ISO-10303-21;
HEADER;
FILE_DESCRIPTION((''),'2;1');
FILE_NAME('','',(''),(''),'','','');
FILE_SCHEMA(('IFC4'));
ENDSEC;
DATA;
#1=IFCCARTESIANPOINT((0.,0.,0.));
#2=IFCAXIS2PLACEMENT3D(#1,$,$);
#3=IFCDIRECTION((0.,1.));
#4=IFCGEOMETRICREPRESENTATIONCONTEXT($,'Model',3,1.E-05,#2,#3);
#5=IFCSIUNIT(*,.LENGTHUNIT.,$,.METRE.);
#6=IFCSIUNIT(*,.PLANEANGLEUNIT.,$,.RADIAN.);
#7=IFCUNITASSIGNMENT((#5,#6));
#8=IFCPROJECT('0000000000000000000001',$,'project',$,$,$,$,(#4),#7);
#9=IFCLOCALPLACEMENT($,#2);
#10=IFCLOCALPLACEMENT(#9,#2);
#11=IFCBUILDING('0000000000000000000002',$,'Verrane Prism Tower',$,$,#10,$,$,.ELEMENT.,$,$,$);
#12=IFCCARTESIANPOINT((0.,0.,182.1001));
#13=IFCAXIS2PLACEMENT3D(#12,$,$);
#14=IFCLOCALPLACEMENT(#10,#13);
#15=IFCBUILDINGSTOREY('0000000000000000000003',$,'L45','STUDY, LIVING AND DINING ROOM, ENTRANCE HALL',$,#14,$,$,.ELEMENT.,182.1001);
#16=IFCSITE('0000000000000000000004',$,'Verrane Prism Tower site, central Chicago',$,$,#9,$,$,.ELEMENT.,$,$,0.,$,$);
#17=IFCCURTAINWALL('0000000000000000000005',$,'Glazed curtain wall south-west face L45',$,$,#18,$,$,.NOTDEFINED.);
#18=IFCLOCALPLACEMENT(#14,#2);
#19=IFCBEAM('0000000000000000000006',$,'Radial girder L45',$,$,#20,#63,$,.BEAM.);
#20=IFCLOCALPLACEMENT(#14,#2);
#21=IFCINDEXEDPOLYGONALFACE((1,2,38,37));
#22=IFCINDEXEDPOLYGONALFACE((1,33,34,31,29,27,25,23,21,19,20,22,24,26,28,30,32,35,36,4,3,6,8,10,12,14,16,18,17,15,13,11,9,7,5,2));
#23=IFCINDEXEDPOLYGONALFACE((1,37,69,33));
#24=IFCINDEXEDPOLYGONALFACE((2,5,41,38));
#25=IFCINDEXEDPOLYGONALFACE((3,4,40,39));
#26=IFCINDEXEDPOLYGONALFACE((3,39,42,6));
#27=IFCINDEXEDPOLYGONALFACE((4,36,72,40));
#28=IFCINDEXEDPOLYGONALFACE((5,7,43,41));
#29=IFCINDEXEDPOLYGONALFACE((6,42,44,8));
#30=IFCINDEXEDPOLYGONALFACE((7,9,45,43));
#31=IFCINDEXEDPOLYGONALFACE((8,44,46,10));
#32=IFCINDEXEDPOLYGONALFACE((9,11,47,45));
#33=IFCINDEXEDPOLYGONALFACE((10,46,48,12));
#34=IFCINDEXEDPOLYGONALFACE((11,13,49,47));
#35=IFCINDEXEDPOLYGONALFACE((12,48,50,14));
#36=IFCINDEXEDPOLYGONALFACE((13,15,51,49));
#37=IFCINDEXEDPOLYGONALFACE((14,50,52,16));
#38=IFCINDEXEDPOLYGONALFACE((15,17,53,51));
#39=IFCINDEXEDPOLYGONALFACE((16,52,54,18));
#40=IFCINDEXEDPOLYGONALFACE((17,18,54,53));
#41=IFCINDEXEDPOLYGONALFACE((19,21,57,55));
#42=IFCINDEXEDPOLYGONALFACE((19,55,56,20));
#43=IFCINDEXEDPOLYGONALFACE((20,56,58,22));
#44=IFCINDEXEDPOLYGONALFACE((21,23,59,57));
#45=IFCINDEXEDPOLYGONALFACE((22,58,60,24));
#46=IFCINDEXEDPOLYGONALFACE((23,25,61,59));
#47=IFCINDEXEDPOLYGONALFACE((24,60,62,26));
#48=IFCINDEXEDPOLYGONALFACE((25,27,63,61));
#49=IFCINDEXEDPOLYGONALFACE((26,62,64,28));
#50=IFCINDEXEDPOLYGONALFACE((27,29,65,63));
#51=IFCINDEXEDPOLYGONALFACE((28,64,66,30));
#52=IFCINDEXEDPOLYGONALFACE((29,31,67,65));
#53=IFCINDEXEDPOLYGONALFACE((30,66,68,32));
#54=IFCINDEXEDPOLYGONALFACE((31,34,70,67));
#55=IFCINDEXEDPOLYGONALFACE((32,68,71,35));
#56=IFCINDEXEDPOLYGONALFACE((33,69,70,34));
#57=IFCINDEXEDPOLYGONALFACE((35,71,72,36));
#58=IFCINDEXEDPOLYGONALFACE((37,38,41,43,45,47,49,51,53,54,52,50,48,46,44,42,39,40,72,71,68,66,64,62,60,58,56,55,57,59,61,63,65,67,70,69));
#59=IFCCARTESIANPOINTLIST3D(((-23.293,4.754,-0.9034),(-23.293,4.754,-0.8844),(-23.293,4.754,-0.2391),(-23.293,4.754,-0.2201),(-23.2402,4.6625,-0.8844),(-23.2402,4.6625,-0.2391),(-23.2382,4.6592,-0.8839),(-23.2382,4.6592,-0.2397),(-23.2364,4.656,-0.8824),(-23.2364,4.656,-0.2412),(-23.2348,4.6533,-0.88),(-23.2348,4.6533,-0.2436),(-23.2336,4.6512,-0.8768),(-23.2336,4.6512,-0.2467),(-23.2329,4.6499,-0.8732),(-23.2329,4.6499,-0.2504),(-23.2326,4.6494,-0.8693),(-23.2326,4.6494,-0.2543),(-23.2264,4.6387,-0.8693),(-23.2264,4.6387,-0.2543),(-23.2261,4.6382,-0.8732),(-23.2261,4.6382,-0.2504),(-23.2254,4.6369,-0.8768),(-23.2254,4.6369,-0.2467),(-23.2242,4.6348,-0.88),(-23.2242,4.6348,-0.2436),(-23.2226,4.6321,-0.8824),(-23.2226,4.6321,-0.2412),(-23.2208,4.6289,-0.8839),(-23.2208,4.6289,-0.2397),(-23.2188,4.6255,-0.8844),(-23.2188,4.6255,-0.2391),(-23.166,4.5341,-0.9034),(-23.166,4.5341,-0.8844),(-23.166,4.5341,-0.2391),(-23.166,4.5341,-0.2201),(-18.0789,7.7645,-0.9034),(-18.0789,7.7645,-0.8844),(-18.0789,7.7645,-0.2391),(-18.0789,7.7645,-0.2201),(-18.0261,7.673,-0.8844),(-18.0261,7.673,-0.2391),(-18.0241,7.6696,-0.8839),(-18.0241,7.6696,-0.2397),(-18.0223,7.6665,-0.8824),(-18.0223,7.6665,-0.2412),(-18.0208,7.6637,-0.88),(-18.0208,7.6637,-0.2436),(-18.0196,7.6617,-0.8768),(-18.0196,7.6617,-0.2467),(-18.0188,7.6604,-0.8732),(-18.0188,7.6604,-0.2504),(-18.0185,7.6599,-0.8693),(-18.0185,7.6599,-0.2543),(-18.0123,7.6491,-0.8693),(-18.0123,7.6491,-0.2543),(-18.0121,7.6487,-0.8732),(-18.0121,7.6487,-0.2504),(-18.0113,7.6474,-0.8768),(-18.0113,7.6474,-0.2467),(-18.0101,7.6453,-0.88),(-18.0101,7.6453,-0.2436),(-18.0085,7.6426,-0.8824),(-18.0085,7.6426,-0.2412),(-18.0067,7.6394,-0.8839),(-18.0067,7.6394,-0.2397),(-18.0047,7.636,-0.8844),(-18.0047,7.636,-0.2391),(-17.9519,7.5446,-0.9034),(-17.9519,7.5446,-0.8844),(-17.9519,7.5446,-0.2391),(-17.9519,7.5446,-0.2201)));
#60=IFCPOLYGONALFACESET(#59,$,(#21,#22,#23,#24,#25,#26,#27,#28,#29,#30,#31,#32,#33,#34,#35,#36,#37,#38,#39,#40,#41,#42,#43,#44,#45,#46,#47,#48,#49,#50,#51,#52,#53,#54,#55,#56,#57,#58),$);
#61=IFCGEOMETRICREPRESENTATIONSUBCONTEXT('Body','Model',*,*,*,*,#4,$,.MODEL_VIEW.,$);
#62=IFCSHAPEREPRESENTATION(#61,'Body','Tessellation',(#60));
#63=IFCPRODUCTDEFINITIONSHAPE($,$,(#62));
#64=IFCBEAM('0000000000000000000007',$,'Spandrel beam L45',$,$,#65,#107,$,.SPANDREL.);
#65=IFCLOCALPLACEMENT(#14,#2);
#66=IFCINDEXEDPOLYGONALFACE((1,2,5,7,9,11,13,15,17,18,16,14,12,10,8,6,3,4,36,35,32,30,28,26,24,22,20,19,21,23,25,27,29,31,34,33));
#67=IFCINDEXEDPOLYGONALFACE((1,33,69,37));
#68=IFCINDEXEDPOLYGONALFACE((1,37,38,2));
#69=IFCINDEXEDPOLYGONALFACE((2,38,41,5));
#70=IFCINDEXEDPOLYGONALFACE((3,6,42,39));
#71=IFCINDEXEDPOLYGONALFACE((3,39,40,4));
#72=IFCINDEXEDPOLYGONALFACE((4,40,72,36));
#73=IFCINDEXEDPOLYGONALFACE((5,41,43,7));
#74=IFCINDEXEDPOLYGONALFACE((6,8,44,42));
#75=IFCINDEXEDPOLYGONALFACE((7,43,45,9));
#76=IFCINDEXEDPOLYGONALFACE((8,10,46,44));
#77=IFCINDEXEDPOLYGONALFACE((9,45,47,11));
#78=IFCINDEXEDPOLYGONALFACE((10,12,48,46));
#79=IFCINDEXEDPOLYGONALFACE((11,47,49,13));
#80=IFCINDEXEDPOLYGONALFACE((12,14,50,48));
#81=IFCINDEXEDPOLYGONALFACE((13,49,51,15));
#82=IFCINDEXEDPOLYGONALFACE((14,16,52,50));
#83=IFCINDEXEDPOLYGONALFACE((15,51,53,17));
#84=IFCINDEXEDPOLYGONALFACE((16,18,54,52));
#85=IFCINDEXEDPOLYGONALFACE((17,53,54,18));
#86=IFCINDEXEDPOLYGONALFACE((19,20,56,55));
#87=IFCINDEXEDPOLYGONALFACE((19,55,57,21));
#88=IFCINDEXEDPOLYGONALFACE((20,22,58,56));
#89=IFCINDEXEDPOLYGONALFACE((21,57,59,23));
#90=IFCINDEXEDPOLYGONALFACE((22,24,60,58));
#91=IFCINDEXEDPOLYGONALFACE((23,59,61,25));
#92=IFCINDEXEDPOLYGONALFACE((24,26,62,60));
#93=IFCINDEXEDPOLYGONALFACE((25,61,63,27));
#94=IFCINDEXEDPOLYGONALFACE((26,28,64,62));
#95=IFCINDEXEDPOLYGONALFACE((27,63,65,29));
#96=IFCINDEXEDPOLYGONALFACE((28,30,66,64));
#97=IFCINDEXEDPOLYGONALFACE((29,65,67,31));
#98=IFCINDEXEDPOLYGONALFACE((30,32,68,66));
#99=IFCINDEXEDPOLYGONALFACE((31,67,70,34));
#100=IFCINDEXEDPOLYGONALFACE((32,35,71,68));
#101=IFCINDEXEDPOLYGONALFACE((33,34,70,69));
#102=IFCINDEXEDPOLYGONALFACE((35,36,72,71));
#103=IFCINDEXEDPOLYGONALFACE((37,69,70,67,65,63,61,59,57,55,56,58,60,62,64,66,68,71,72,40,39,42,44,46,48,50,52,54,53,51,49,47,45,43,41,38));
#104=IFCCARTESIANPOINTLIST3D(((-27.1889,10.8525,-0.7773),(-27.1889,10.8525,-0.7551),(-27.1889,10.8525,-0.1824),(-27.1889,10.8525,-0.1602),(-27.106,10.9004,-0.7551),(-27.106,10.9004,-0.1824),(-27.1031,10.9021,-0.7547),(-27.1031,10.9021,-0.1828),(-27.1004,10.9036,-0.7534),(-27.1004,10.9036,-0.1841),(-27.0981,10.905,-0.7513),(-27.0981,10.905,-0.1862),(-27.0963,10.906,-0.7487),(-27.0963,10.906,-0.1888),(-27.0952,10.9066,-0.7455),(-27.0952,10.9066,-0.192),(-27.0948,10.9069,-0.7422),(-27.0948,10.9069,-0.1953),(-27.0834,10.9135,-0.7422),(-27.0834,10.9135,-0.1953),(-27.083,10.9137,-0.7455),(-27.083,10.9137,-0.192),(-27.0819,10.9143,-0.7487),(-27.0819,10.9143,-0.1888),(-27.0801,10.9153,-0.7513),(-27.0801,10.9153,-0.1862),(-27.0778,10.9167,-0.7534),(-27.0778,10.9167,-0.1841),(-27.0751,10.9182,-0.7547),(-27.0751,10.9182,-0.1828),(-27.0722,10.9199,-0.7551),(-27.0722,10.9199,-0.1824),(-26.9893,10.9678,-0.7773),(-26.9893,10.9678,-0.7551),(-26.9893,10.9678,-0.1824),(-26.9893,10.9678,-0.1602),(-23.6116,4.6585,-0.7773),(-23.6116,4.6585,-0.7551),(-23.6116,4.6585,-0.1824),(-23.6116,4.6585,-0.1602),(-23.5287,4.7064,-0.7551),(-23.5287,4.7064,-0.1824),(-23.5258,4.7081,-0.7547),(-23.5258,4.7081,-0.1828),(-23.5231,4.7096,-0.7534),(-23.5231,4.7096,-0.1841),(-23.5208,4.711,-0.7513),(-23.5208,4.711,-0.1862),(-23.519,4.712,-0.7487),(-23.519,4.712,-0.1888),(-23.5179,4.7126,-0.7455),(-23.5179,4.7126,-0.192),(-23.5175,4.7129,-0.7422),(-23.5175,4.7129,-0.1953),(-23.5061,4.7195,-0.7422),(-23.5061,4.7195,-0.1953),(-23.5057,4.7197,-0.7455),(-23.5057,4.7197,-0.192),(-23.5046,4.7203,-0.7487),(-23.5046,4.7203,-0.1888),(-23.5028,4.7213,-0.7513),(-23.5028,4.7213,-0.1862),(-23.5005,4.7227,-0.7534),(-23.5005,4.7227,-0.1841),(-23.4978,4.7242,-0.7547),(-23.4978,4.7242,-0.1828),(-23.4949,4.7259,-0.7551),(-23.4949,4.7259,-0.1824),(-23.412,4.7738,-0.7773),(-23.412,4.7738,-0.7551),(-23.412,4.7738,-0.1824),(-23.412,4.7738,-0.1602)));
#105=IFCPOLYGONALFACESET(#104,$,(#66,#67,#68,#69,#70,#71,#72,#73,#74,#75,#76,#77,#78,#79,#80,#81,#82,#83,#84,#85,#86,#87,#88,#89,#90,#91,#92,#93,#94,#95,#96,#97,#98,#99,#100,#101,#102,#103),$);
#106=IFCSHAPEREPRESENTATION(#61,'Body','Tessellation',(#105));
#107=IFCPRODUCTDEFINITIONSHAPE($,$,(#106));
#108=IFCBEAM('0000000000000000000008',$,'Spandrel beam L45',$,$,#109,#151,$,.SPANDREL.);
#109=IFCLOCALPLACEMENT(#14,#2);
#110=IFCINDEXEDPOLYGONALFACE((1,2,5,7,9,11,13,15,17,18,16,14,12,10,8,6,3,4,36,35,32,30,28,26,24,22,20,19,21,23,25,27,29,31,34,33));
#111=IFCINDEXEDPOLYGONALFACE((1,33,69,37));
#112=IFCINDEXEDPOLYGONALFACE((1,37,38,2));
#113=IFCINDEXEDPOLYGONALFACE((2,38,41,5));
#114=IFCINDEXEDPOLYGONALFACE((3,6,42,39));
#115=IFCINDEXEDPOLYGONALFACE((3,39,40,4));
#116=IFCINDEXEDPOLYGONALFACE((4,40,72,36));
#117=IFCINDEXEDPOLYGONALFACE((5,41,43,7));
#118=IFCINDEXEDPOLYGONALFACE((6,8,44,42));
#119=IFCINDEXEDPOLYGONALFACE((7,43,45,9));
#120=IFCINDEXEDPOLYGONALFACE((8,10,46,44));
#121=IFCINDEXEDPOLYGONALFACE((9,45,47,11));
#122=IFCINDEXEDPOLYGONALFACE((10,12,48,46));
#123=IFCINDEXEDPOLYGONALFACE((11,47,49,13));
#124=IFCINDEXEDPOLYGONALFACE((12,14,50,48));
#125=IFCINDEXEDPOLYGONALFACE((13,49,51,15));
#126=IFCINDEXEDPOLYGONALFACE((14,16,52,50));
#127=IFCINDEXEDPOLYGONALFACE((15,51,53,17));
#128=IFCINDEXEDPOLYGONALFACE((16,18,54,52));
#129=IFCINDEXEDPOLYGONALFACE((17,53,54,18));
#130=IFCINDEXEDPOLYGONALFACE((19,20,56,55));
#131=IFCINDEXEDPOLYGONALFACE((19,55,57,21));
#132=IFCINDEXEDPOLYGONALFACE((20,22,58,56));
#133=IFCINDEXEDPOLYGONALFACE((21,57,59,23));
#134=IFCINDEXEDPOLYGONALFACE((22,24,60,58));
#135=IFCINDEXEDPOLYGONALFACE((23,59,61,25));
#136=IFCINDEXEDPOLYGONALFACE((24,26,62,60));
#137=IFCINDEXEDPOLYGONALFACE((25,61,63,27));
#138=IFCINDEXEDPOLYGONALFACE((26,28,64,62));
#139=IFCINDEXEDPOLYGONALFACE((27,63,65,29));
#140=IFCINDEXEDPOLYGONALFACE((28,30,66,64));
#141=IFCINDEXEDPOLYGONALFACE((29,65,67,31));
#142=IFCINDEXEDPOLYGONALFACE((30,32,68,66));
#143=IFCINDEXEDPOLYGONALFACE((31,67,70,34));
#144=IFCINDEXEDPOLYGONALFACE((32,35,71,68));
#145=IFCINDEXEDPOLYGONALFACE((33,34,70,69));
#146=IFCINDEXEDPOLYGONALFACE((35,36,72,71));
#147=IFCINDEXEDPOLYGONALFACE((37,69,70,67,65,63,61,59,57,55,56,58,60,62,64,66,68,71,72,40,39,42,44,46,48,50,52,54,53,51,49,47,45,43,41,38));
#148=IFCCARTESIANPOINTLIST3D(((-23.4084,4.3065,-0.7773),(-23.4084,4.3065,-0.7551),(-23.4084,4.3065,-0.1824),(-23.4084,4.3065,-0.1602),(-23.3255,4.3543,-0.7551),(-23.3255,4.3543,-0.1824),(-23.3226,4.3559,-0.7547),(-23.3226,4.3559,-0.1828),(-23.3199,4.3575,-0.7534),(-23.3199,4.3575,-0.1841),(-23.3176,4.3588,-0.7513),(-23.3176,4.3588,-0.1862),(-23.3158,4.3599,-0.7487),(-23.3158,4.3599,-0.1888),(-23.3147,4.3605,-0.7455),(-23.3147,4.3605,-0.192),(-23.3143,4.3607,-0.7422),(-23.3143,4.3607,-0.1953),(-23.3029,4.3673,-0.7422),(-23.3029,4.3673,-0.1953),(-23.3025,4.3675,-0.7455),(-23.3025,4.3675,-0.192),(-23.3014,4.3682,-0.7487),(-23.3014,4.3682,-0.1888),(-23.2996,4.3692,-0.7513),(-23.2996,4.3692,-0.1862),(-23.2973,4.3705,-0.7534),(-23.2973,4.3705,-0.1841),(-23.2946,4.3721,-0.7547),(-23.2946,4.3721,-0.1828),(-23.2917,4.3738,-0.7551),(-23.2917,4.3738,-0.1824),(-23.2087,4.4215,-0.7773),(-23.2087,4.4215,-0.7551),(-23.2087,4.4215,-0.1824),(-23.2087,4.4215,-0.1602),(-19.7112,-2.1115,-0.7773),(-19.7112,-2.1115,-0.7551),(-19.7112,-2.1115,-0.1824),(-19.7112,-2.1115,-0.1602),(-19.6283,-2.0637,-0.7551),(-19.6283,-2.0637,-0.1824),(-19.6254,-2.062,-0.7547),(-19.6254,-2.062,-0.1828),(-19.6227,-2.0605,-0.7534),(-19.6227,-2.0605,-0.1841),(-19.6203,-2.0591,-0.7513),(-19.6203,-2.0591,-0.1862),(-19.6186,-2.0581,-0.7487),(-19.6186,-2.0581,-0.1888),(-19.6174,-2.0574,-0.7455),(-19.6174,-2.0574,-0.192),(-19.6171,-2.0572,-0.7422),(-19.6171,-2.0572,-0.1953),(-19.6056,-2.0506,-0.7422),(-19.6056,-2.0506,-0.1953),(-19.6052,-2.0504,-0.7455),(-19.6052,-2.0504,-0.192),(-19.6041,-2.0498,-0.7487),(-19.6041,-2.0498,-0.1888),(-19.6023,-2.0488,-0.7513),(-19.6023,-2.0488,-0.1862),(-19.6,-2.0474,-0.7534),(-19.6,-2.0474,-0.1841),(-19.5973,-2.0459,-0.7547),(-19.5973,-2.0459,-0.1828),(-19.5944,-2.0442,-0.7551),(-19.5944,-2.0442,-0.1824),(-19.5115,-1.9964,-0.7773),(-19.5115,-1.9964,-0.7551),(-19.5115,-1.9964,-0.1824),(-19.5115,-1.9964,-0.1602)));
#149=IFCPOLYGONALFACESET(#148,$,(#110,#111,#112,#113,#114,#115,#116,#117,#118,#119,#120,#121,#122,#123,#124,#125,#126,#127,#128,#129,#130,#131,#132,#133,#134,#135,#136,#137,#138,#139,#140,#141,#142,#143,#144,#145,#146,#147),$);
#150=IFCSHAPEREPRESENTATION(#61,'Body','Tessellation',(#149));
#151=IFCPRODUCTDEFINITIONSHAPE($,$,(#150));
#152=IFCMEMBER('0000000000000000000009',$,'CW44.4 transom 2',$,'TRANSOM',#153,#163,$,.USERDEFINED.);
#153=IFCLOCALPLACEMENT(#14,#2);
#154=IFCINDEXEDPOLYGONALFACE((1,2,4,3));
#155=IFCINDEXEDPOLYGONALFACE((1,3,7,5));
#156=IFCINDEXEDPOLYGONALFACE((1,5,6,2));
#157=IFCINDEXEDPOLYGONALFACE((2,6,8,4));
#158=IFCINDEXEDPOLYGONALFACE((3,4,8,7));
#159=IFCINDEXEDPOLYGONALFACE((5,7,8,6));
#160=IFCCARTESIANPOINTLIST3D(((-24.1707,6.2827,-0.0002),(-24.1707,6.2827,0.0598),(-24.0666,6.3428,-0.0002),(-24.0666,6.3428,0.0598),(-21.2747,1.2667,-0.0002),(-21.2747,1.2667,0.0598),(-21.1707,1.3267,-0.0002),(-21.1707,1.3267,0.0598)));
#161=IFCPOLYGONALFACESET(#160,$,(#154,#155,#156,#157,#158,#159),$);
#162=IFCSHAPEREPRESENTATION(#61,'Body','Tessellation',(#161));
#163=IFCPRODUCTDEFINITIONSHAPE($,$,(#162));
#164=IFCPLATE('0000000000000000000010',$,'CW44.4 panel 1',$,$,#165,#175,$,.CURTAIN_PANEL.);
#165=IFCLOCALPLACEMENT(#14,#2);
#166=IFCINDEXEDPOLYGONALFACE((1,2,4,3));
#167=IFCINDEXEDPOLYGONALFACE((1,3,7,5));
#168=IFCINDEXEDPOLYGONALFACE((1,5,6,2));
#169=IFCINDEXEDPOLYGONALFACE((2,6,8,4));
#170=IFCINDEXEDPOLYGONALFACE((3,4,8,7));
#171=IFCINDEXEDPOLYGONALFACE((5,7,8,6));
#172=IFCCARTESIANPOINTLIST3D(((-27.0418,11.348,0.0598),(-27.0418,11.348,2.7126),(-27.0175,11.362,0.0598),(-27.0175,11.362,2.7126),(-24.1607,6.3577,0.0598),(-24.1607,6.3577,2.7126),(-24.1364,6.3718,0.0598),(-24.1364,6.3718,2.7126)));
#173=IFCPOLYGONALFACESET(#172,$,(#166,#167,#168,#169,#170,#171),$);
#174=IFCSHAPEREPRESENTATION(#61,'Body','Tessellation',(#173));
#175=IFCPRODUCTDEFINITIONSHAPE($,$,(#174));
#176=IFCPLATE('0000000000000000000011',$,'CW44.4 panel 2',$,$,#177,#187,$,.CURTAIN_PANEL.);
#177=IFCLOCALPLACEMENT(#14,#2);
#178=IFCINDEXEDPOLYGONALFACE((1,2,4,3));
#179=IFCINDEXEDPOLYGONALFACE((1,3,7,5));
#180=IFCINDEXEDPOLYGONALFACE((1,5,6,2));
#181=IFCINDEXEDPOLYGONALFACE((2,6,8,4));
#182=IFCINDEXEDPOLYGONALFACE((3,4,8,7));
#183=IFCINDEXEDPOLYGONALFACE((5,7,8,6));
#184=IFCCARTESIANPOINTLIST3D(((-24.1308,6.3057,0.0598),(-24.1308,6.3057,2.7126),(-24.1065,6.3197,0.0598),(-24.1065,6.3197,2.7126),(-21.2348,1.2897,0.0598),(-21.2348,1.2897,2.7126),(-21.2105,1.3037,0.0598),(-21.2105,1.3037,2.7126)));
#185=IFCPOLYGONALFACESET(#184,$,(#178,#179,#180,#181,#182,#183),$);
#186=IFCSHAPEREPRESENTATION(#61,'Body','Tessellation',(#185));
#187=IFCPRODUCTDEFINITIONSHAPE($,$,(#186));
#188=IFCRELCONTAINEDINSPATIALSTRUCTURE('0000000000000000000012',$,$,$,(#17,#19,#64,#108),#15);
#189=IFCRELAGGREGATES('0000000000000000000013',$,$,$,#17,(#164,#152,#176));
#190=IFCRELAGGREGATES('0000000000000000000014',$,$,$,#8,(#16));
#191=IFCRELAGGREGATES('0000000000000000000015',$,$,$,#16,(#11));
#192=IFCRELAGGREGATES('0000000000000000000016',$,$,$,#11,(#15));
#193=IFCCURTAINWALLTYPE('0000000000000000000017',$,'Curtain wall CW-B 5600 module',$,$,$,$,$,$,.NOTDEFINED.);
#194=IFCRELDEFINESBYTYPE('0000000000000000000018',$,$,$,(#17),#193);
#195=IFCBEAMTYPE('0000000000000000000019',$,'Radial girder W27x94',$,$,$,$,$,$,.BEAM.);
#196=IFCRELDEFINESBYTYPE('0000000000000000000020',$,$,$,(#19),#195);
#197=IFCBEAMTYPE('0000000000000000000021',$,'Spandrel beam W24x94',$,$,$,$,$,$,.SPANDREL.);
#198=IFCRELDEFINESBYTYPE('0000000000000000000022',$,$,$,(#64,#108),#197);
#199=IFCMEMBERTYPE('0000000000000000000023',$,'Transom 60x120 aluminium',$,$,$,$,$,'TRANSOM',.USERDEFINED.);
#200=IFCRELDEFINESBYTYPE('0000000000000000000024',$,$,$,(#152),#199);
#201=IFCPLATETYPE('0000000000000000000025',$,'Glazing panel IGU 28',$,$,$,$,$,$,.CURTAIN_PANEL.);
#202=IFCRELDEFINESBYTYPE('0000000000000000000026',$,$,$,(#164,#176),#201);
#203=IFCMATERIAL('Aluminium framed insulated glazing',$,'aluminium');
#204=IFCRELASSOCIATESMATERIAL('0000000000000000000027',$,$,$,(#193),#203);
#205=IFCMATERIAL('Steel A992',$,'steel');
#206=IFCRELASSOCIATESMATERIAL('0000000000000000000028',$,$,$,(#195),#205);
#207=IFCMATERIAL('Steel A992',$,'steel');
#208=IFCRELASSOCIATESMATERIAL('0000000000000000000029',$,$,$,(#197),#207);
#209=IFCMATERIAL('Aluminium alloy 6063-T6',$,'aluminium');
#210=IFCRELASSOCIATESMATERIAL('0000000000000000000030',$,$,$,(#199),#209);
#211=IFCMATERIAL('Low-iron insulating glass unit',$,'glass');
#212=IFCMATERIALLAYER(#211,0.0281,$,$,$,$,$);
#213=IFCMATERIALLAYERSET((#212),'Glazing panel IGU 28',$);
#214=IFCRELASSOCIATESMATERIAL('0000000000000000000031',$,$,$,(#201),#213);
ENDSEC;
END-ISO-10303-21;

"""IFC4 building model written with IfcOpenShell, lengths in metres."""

from ifc_helpers import new_model, si_unit, direction, frame, origin, origin_2d, place, context, subcontext, project, spatial, rectangle, i_section, extrude, material, layer, layer_set, material_profile, profile_set, type_object, element, aggregate, save


model = new_model("IFC4")

# Units and contexts
model_context = context("Model", 3, precision=1e-05, world=origin(), true_north=direction((0.0, 1.0)))
body_context = subcontext(model_context, "Body", "Model", "MODEL_VIEW")
ifc_project = project(units=[si_unit("LENGTHUNIT", "METRE"), si_unit("PLANEANGLEUNIT", "RADIAN")], contexts=[model_context])

# Site, building, storey
site_placement = place(None, origin())
site = spatial("IfcSite", under=ifc_project, at=site_placement, Name="Verrane Prism Tower site, central Chicago", CompositionType="ELEMENT", RefElevation=0.0)
building_placement = place(site_placement, origin())
building = spatial("IfcBuilding", under=site, at=building_placement, Name="Verrane Prism Tower", CompositionType="ELEMENT")
storey_placement = place(building_placement, frame((0.0, 0.0, 182.1001)))
storey = spatial("IfcBuildingStorey", under=building, at=storey_placement, Name="L45", Description="STUDY, LIVING AND DINING ROOM, ENTRANCE HALL", CompositionType="ELEMENT", Elevation=182.1001)

# Curtain wall
ifc_material_1 = material(Name="Aluminium framed insulated glazing", Category="aluminium")
curtain_wall_type = type_object("IfcCurtainWallType", Name="Curtain wall CW-B 5600 module", PredefinedType="NOTDEFINED", material=ifc_material_1)
curtain_wall_placement = place(storey_placement, origin())
curtain_wall = element("IfcCurtainWall", 1, at=curtain_wall_placement, inside=storey, type_object=curtain_wall_type, Name="Glazed curtain wall south-west face L45", PredefinedType="NOTDEFINED")

# Beams
ifc_material_2 = material(Name="Steel A992", Category="steel")
ifc_material_profile_1 = material_profile(ifc_material_2, i_section(OverallWidth=0.2539, OverallDepth=0.6833, WebThickness=0.0125, FlangeThickness=0.019, FilletRadius=0.0151, at=origin_2d()), Name="W27x94")
ifc_profile_set_1 = profile_set([ifc_material_profile_1], Name="Steel A992")
beam_type_1 = type_object("IfcBeamType", Name="Radial girder W27x94", PredefinedType="BEAM", material=ifc_profile_set_1)
beam_1_placement = place(storey_placement, frame((-23.2295, 4.644, -0.5618), z_axis=(0.866016, 0.500016, 0.0), x_axis=(-0.500016, 0.866016, 0.0)))
element("IfcBeam", 2, at=beam_1_placement, inside=storey, type_object=beam_type_1, Name="Radial girder L45", PredefinedType="BEAM", context=body_context, shape_type="SweptSolid", body=[
    extrude(i_section(OverallWidth=0.2539, OverallDepth=0.6833, WebThickness=0.0125, FlangeThickness=0.019, FilletRadius=0.0151, at=origin_2d()), origin(), (0.0, 0.0, 1.0), 6.0208),
])
ifc_material_3 = material(Name="Steel A992", Category="steel")
ifc_material_profile_2 = material_profile(ifc_material_3, i_section(OverallWidth=0.2305, OverallDepth=0.6172, WebThickness=0.0132, FlangeThickness=0.0222, FilletRadius=0.0129, at=origin_2d()), Name="W24x94")
ifc_profile_set_2 = profile_set([ifc_material_profile_2], Name="Steel A992")
beam_type_2 = type_object("IfcBeamType", Name="Spandrel beam W24x94", PredefinedType="SPANDREL", material=ifc_profile_set_2)
beam_2_placement = place(storey_placement, frame((-27.0891, 10.9102, -0.4688), z_axis=(0.500129, -0.865951, 0.0), x_axis=(0.865951, 0.500129, 0.0)))
element("IfcBeam", 3, at=beam_2_placement, inside=storey, type_object=beam_type_2, Name="Spandrel beam L45", PredefinedType="SPANDREL", context=body_context, shape_type="SweptSolid", body=[
    extrude(i_section(OverallWidth=0.2305, OverallDepth=0.6172, WebThickness=0.0132, FlangeThickness=0.0222, FilletRadius=0.0129, at=origin_2d()), origin(), (0.0, 0.0, 1.0), 7.1528),
])
beam_3_placement = place(storey_placement, frame((-23.3086, 4.364, -0.4688), z_axis=(0.499174, -0.866501, 0.0), x_axis=(0.866501, 0.499174, 0.0)))
element("IfcBeam", 4, at=beam_3_placement, inside=storey, type_object=beam_type_2, Name="Spandrel beam L45", PredefinedType="SPANDREL", context=body_context, shape_type="SweptSolid", body=[
    extrude(i_section(OverallWidth=0.2305, OverallDepth=0.6172, WebThickness=0.0132, FlangeThickness=0.0222, FilletRadius=0.0129, at=origin_2d()), origin(), (0.0, 0.0, 1.0), 7.4067),
])

# Member
ifc_material_4 = material(Name="Aluminium alloy 6063-T6", Category="aluminium")
ifc_material_profile_3 = material_profile(ifc_material_4, rectangle(XDim=0.1201, YDim=0.0601, at=origin_2d()), Name="Transom 60x120 aluminium")
ifc_profile_set_3 = profile_set([ifc_material_profile_3], Name="Aluminium alloy 6063-T6")
member_type_1 = type_object("IfcMemberType", Name="Transom 60x120 aluminium", ElementType="TRANSOM", PredefinedType="USERDEFINED", material=ifc_profile_set_3)
member_1_placement = place(storey_placement, frame((-24.1187, 6.3127, 0.0298), z_axis=(0.499992, -0.86603, 0.0), x_axis=(0.86603, 0.499992, 0.0)))
member_1 = element("IfcMember", 5, at=member_1_placement, type_object=member_type_1, Name="CW44.4 transom 2", ObjectType="TRANSOM", PredefinedType="USERDEFINED", context=body_context, shape_type="SweptSolid", body=[
    extrude(rectangle(XDim=0.1201, YDim=0.0601, at=origin_2d()), origin(), (0.0, 0.0, 1.0), 5.792),
])

# Plates
ifc_material_5 = material(Name="Low-iron insulating glass unit", Category="glass")
ifc_layer_1 = layer(ifc_material_5, 0.0281)
ifc_layer_set_1 = layer_set([ifc_layer_1], Name="Glazing panel IGU 28")
plate_type = type_object("IfcPlateType", Name="Glazing panel IGU 28", PredefinedType="CURTAIN_PANEL", material=ifc_layer_set_1)
plate_1_placement = place(storey_placement, frame((-25.5891, 8.8599, 0.0598), z_axis=(0.0, 0.0, 1.0), x_axis=(0.499999, -0.866026, 0.0)))
plate_1 = element("IfcPlate", 6, at=plate_1_placement, type_object=plate_type, Name="CW44.4 panel 1", PredefinedType="CURTAIN_PANEL", context=body_context, shape_type="SweptSolid", body=[
    extrude(rectangle(XDim=5.7622, YDim=0.0281, at=origin_2d()), origin(), (0.0, 0.0, 1.0), 2.6528),
])
plate_2_placement = place(storey_placement, frame((-22.6707, 3.8047, 0.0598), z_axis=(0.0, 0.0, 1.0), x_axis=(0.499999, -0.866026, 0.0)))
plate_2 = element("IfcPlate", 7, at=plate_2_placement, type_object=plate_type, Name="CW44.4 panel 2", PredefinedType="CURTAIN_PANEL", context=body_context, shape_type="SweptSolid", body=[
    extrude(rectangle(XDim=5.792, YDim=0.0281, at=origin_2d()), origin(), (0.0, 0.0, 1.0), 2.6528),
])
aggregate(curtain_wall, [plate_1, member_1, plate_2])

save(model, "model.ifc")
